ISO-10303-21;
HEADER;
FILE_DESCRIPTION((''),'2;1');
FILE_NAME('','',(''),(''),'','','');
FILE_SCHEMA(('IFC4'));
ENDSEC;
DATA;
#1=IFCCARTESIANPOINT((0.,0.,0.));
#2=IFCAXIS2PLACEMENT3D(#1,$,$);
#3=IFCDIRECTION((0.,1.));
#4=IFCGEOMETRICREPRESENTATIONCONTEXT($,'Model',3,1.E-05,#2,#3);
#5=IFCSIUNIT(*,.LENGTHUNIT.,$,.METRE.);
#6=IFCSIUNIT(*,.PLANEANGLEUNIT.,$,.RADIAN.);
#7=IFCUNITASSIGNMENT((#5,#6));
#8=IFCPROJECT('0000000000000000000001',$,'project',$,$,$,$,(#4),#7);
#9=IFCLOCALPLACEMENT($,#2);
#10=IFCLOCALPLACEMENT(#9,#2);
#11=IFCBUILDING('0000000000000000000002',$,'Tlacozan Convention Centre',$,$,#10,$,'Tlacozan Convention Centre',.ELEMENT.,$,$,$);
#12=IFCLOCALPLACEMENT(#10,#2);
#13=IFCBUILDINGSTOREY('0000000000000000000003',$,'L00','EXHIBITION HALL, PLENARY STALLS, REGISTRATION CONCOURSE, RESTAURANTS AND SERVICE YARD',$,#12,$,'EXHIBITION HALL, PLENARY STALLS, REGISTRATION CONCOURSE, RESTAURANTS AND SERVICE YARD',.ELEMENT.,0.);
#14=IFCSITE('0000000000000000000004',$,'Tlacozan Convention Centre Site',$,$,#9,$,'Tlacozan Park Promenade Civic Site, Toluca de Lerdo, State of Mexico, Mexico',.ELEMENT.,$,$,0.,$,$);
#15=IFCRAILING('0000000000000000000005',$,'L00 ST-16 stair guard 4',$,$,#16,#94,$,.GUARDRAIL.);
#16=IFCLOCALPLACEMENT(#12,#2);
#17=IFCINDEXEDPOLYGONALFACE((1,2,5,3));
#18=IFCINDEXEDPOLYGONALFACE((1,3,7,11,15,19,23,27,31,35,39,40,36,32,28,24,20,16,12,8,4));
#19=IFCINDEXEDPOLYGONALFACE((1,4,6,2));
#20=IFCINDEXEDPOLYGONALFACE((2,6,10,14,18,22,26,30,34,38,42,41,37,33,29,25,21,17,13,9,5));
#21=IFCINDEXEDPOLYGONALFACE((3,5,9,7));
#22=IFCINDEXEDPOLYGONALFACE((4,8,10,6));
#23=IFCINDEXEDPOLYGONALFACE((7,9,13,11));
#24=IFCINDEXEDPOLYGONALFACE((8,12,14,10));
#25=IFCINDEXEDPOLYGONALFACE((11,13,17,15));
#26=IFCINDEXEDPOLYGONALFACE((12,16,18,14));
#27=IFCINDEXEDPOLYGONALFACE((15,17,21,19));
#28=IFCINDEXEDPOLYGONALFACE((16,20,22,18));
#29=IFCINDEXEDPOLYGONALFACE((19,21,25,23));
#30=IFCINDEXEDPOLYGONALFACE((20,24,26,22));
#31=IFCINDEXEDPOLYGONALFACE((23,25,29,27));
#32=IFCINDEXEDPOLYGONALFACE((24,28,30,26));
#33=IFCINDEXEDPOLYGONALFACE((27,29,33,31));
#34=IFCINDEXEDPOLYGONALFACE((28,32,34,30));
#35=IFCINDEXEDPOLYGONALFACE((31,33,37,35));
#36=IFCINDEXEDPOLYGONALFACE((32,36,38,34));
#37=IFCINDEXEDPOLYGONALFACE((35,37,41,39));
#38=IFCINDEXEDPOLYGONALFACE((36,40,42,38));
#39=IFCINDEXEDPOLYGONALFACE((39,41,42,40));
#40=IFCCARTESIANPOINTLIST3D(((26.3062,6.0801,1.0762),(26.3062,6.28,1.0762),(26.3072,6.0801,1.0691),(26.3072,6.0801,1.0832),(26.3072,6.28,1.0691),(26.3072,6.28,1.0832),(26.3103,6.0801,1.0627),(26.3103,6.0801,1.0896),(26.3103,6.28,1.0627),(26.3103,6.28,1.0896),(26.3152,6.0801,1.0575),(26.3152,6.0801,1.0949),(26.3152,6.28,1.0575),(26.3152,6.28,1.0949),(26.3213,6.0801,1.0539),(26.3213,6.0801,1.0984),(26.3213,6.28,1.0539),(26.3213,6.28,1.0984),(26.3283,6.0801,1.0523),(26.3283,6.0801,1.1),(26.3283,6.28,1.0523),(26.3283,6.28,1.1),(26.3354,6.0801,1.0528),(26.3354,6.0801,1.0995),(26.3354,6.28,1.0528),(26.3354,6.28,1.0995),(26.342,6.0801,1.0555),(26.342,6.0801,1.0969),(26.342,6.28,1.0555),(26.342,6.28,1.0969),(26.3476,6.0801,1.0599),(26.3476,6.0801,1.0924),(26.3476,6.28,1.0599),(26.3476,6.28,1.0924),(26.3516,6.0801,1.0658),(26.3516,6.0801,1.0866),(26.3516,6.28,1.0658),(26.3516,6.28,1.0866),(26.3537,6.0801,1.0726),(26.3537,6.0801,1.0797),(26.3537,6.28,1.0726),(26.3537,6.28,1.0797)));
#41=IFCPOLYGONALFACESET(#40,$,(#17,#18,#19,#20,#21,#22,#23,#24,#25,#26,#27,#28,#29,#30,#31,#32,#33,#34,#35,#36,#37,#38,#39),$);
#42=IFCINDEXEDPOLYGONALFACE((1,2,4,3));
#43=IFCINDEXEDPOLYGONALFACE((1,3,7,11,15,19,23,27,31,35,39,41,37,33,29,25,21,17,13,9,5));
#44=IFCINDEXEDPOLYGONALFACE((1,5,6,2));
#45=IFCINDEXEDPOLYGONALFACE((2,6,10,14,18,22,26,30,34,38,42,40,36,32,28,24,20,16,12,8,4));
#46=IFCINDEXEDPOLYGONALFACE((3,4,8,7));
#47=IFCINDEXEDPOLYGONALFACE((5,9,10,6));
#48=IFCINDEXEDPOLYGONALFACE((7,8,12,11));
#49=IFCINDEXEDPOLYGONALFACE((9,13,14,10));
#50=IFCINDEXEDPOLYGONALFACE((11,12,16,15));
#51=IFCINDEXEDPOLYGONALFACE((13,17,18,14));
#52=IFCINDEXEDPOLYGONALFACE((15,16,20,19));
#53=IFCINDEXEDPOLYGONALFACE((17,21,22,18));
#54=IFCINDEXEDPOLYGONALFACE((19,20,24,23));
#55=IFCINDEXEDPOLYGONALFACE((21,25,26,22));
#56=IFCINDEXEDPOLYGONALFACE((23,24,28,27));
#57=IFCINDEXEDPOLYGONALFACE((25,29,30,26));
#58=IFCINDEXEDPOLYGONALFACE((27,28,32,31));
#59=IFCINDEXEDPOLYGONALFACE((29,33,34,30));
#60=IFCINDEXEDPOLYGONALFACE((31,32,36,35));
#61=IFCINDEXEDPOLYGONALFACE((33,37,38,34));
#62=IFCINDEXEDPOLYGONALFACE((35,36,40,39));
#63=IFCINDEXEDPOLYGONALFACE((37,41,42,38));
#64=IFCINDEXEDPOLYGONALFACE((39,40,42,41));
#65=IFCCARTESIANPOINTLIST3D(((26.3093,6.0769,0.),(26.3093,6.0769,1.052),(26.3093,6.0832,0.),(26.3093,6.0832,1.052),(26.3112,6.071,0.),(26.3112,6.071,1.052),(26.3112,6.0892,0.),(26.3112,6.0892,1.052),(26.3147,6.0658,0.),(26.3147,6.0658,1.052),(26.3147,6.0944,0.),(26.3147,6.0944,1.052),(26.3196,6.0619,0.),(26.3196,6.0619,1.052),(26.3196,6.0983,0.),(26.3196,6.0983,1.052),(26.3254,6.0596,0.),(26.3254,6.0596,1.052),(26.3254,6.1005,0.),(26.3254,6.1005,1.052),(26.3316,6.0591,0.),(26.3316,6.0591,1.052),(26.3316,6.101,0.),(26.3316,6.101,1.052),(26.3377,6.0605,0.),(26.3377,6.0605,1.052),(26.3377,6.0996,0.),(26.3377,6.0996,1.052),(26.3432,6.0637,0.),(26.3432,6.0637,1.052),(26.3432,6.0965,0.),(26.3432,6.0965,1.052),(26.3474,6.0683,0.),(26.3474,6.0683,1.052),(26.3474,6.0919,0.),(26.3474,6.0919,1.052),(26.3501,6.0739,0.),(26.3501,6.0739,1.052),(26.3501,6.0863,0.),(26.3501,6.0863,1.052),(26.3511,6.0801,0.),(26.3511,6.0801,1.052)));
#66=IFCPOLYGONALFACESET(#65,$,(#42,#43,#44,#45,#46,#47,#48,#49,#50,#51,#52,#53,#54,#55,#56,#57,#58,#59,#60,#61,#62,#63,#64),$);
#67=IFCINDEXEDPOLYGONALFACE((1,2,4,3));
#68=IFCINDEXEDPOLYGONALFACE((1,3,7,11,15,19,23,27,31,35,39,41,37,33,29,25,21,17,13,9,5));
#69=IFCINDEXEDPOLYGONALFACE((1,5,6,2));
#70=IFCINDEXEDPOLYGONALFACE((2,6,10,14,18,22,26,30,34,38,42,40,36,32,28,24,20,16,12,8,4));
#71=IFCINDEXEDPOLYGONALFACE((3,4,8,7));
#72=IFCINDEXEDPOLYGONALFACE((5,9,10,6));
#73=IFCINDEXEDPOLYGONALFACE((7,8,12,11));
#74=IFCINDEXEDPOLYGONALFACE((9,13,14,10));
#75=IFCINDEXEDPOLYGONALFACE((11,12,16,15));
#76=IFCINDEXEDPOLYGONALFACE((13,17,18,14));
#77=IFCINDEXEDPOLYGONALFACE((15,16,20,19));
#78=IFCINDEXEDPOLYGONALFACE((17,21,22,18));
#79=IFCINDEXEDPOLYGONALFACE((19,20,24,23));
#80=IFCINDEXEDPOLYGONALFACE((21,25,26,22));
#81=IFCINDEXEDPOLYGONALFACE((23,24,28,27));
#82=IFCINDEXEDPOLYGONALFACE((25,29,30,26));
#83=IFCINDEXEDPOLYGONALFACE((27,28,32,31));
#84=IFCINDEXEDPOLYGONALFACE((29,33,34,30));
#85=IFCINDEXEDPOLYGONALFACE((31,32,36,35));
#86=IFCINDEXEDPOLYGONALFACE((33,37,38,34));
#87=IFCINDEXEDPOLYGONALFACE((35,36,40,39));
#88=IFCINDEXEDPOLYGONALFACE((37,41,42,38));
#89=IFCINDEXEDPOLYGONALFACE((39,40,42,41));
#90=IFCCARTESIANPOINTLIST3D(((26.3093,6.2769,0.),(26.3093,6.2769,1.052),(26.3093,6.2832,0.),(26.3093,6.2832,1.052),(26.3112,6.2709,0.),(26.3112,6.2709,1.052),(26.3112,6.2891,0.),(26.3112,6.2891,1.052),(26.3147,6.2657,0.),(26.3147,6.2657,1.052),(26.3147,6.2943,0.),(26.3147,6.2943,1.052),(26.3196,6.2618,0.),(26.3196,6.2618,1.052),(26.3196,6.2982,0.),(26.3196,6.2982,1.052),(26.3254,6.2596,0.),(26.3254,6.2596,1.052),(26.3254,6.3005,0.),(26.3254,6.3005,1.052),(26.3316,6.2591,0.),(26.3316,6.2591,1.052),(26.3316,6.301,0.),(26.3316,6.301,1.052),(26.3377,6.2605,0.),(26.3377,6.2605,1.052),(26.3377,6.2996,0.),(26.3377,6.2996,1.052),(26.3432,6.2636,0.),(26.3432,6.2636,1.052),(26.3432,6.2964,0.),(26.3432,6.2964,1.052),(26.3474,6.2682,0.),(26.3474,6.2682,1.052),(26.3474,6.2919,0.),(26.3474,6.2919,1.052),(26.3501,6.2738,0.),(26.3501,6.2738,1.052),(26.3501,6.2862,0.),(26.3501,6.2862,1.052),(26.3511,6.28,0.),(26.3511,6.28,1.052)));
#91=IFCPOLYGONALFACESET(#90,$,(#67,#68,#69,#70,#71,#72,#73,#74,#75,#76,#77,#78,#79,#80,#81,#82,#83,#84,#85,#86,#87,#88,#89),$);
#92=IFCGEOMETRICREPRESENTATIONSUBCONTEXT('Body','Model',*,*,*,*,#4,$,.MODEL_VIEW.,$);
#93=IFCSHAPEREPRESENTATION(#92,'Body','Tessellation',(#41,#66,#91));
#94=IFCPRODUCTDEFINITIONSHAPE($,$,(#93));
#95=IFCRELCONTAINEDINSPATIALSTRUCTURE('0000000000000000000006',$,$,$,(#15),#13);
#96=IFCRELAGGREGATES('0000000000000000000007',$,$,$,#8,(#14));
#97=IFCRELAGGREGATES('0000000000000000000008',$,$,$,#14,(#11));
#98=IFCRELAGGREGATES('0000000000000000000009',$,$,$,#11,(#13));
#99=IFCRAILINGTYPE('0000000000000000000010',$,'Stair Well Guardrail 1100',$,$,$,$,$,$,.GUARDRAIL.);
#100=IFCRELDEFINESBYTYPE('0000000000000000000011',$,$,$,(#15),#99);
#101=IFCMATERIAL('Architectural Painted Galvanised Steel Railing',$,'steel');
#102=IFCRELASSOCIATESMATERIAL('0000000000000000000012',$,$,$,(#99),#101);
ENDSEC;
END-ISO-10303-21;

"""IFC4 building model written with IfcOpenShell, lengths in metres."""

from ifc_helpers import new_model, si_unit, direction, frame, origin, origin_2d, place, context, subcontext, project, spatial, circle, extrude, material, type_object, element, save


model = new_model("IFC4")

# Units and contexts
model_context = context("Model", 3, precision=1e-05, world=origin(), true_north=direction((0.0, 1.0)))
body_context = subcontext(model_context, "Body", "Model", "MODEL_VIEW")
ifc_project = project(units=[si_unit("LENGTHUNIT", "METRE"), si_unit("PLANEANGLEUNIT", "RADIAN")], contexts=[model_context])

# Site, building, storey
site_placement = place(None, origin())
site = spatial("IfcSite", under=ifc_project, at=site_placement, Name="Tlacozan Convention Centre Site", LongName="Tlacozan Park Promenade Civic Site, Toluca de Lerdo, State of Mexico, Mexico", CompositionType="ELEMENT", RefElevation=0.0)
building_placement = place(site_placement, origin())
building = spatial("IfcBuilding", under=site, at=building_placement, Name="Tlacozan Convention Centre", LongName="Tlacozan Convention Centre", CompositionType="ELEMENT")
storey_placement = place(building_placement, origin())
storey = spatial("IfcBuildingStorey", under=building, at=storey_placement, Name="L00", Description="EXHIBITION HALL, PLENARY STALLS, REGISTRATION CONCOURSE, RESTAURANTS AND SERVICE YARD", LongName="EXHIBITION HALL, PLENARY STALLS, REGISTRATION CONCOURSE, RESTAURANTS AND SERVICE YARD", CompositionType="ELEMENT", Elevation=0.0)

# Railing
ifc_material_1 = material(Name="Architectural Painted Galvanised Steel Railing", Category="steel")
railing_type_1 = type_object("IfcRailingType", Name="Stair Well Guardrail 1100", PredefinedType="GUARDRAIL", material=ifc_material_1)
railing_1_placement = place(storey_placement, frame((26.3301, 6.0801, 0.0)))
element("IfcRailing", 1, at=railing_1_placement, inside=storey, type_object=railing_type_1, Name="L00 ST-16 stair guard 4", PredefinedType="GUARDRAIL", context=body_context, shape_type="SweptSolid", body=[
    extrude(circle(Radius=0.0239, at=origin_2d()), frame((0.0, 0.0, 1.0762), z_axis=(0.0, 1.0, 0.0), x_axis=(-1.0, 0.0, 0.0)), (0.0, 0.0, 1.0), 0.2),
    extrude(circle(Radius=0.021, at=origin_2d()), origin(), (0.0, 0.0, 1.0), 1.052),
    extrude(circle(Radius=0.021, at=origin_2d()), frame((0.0, 0.2, 0.0)), (0.0, 0.0, 1.0), 1.052),
])

save(model, "model.ifc")
